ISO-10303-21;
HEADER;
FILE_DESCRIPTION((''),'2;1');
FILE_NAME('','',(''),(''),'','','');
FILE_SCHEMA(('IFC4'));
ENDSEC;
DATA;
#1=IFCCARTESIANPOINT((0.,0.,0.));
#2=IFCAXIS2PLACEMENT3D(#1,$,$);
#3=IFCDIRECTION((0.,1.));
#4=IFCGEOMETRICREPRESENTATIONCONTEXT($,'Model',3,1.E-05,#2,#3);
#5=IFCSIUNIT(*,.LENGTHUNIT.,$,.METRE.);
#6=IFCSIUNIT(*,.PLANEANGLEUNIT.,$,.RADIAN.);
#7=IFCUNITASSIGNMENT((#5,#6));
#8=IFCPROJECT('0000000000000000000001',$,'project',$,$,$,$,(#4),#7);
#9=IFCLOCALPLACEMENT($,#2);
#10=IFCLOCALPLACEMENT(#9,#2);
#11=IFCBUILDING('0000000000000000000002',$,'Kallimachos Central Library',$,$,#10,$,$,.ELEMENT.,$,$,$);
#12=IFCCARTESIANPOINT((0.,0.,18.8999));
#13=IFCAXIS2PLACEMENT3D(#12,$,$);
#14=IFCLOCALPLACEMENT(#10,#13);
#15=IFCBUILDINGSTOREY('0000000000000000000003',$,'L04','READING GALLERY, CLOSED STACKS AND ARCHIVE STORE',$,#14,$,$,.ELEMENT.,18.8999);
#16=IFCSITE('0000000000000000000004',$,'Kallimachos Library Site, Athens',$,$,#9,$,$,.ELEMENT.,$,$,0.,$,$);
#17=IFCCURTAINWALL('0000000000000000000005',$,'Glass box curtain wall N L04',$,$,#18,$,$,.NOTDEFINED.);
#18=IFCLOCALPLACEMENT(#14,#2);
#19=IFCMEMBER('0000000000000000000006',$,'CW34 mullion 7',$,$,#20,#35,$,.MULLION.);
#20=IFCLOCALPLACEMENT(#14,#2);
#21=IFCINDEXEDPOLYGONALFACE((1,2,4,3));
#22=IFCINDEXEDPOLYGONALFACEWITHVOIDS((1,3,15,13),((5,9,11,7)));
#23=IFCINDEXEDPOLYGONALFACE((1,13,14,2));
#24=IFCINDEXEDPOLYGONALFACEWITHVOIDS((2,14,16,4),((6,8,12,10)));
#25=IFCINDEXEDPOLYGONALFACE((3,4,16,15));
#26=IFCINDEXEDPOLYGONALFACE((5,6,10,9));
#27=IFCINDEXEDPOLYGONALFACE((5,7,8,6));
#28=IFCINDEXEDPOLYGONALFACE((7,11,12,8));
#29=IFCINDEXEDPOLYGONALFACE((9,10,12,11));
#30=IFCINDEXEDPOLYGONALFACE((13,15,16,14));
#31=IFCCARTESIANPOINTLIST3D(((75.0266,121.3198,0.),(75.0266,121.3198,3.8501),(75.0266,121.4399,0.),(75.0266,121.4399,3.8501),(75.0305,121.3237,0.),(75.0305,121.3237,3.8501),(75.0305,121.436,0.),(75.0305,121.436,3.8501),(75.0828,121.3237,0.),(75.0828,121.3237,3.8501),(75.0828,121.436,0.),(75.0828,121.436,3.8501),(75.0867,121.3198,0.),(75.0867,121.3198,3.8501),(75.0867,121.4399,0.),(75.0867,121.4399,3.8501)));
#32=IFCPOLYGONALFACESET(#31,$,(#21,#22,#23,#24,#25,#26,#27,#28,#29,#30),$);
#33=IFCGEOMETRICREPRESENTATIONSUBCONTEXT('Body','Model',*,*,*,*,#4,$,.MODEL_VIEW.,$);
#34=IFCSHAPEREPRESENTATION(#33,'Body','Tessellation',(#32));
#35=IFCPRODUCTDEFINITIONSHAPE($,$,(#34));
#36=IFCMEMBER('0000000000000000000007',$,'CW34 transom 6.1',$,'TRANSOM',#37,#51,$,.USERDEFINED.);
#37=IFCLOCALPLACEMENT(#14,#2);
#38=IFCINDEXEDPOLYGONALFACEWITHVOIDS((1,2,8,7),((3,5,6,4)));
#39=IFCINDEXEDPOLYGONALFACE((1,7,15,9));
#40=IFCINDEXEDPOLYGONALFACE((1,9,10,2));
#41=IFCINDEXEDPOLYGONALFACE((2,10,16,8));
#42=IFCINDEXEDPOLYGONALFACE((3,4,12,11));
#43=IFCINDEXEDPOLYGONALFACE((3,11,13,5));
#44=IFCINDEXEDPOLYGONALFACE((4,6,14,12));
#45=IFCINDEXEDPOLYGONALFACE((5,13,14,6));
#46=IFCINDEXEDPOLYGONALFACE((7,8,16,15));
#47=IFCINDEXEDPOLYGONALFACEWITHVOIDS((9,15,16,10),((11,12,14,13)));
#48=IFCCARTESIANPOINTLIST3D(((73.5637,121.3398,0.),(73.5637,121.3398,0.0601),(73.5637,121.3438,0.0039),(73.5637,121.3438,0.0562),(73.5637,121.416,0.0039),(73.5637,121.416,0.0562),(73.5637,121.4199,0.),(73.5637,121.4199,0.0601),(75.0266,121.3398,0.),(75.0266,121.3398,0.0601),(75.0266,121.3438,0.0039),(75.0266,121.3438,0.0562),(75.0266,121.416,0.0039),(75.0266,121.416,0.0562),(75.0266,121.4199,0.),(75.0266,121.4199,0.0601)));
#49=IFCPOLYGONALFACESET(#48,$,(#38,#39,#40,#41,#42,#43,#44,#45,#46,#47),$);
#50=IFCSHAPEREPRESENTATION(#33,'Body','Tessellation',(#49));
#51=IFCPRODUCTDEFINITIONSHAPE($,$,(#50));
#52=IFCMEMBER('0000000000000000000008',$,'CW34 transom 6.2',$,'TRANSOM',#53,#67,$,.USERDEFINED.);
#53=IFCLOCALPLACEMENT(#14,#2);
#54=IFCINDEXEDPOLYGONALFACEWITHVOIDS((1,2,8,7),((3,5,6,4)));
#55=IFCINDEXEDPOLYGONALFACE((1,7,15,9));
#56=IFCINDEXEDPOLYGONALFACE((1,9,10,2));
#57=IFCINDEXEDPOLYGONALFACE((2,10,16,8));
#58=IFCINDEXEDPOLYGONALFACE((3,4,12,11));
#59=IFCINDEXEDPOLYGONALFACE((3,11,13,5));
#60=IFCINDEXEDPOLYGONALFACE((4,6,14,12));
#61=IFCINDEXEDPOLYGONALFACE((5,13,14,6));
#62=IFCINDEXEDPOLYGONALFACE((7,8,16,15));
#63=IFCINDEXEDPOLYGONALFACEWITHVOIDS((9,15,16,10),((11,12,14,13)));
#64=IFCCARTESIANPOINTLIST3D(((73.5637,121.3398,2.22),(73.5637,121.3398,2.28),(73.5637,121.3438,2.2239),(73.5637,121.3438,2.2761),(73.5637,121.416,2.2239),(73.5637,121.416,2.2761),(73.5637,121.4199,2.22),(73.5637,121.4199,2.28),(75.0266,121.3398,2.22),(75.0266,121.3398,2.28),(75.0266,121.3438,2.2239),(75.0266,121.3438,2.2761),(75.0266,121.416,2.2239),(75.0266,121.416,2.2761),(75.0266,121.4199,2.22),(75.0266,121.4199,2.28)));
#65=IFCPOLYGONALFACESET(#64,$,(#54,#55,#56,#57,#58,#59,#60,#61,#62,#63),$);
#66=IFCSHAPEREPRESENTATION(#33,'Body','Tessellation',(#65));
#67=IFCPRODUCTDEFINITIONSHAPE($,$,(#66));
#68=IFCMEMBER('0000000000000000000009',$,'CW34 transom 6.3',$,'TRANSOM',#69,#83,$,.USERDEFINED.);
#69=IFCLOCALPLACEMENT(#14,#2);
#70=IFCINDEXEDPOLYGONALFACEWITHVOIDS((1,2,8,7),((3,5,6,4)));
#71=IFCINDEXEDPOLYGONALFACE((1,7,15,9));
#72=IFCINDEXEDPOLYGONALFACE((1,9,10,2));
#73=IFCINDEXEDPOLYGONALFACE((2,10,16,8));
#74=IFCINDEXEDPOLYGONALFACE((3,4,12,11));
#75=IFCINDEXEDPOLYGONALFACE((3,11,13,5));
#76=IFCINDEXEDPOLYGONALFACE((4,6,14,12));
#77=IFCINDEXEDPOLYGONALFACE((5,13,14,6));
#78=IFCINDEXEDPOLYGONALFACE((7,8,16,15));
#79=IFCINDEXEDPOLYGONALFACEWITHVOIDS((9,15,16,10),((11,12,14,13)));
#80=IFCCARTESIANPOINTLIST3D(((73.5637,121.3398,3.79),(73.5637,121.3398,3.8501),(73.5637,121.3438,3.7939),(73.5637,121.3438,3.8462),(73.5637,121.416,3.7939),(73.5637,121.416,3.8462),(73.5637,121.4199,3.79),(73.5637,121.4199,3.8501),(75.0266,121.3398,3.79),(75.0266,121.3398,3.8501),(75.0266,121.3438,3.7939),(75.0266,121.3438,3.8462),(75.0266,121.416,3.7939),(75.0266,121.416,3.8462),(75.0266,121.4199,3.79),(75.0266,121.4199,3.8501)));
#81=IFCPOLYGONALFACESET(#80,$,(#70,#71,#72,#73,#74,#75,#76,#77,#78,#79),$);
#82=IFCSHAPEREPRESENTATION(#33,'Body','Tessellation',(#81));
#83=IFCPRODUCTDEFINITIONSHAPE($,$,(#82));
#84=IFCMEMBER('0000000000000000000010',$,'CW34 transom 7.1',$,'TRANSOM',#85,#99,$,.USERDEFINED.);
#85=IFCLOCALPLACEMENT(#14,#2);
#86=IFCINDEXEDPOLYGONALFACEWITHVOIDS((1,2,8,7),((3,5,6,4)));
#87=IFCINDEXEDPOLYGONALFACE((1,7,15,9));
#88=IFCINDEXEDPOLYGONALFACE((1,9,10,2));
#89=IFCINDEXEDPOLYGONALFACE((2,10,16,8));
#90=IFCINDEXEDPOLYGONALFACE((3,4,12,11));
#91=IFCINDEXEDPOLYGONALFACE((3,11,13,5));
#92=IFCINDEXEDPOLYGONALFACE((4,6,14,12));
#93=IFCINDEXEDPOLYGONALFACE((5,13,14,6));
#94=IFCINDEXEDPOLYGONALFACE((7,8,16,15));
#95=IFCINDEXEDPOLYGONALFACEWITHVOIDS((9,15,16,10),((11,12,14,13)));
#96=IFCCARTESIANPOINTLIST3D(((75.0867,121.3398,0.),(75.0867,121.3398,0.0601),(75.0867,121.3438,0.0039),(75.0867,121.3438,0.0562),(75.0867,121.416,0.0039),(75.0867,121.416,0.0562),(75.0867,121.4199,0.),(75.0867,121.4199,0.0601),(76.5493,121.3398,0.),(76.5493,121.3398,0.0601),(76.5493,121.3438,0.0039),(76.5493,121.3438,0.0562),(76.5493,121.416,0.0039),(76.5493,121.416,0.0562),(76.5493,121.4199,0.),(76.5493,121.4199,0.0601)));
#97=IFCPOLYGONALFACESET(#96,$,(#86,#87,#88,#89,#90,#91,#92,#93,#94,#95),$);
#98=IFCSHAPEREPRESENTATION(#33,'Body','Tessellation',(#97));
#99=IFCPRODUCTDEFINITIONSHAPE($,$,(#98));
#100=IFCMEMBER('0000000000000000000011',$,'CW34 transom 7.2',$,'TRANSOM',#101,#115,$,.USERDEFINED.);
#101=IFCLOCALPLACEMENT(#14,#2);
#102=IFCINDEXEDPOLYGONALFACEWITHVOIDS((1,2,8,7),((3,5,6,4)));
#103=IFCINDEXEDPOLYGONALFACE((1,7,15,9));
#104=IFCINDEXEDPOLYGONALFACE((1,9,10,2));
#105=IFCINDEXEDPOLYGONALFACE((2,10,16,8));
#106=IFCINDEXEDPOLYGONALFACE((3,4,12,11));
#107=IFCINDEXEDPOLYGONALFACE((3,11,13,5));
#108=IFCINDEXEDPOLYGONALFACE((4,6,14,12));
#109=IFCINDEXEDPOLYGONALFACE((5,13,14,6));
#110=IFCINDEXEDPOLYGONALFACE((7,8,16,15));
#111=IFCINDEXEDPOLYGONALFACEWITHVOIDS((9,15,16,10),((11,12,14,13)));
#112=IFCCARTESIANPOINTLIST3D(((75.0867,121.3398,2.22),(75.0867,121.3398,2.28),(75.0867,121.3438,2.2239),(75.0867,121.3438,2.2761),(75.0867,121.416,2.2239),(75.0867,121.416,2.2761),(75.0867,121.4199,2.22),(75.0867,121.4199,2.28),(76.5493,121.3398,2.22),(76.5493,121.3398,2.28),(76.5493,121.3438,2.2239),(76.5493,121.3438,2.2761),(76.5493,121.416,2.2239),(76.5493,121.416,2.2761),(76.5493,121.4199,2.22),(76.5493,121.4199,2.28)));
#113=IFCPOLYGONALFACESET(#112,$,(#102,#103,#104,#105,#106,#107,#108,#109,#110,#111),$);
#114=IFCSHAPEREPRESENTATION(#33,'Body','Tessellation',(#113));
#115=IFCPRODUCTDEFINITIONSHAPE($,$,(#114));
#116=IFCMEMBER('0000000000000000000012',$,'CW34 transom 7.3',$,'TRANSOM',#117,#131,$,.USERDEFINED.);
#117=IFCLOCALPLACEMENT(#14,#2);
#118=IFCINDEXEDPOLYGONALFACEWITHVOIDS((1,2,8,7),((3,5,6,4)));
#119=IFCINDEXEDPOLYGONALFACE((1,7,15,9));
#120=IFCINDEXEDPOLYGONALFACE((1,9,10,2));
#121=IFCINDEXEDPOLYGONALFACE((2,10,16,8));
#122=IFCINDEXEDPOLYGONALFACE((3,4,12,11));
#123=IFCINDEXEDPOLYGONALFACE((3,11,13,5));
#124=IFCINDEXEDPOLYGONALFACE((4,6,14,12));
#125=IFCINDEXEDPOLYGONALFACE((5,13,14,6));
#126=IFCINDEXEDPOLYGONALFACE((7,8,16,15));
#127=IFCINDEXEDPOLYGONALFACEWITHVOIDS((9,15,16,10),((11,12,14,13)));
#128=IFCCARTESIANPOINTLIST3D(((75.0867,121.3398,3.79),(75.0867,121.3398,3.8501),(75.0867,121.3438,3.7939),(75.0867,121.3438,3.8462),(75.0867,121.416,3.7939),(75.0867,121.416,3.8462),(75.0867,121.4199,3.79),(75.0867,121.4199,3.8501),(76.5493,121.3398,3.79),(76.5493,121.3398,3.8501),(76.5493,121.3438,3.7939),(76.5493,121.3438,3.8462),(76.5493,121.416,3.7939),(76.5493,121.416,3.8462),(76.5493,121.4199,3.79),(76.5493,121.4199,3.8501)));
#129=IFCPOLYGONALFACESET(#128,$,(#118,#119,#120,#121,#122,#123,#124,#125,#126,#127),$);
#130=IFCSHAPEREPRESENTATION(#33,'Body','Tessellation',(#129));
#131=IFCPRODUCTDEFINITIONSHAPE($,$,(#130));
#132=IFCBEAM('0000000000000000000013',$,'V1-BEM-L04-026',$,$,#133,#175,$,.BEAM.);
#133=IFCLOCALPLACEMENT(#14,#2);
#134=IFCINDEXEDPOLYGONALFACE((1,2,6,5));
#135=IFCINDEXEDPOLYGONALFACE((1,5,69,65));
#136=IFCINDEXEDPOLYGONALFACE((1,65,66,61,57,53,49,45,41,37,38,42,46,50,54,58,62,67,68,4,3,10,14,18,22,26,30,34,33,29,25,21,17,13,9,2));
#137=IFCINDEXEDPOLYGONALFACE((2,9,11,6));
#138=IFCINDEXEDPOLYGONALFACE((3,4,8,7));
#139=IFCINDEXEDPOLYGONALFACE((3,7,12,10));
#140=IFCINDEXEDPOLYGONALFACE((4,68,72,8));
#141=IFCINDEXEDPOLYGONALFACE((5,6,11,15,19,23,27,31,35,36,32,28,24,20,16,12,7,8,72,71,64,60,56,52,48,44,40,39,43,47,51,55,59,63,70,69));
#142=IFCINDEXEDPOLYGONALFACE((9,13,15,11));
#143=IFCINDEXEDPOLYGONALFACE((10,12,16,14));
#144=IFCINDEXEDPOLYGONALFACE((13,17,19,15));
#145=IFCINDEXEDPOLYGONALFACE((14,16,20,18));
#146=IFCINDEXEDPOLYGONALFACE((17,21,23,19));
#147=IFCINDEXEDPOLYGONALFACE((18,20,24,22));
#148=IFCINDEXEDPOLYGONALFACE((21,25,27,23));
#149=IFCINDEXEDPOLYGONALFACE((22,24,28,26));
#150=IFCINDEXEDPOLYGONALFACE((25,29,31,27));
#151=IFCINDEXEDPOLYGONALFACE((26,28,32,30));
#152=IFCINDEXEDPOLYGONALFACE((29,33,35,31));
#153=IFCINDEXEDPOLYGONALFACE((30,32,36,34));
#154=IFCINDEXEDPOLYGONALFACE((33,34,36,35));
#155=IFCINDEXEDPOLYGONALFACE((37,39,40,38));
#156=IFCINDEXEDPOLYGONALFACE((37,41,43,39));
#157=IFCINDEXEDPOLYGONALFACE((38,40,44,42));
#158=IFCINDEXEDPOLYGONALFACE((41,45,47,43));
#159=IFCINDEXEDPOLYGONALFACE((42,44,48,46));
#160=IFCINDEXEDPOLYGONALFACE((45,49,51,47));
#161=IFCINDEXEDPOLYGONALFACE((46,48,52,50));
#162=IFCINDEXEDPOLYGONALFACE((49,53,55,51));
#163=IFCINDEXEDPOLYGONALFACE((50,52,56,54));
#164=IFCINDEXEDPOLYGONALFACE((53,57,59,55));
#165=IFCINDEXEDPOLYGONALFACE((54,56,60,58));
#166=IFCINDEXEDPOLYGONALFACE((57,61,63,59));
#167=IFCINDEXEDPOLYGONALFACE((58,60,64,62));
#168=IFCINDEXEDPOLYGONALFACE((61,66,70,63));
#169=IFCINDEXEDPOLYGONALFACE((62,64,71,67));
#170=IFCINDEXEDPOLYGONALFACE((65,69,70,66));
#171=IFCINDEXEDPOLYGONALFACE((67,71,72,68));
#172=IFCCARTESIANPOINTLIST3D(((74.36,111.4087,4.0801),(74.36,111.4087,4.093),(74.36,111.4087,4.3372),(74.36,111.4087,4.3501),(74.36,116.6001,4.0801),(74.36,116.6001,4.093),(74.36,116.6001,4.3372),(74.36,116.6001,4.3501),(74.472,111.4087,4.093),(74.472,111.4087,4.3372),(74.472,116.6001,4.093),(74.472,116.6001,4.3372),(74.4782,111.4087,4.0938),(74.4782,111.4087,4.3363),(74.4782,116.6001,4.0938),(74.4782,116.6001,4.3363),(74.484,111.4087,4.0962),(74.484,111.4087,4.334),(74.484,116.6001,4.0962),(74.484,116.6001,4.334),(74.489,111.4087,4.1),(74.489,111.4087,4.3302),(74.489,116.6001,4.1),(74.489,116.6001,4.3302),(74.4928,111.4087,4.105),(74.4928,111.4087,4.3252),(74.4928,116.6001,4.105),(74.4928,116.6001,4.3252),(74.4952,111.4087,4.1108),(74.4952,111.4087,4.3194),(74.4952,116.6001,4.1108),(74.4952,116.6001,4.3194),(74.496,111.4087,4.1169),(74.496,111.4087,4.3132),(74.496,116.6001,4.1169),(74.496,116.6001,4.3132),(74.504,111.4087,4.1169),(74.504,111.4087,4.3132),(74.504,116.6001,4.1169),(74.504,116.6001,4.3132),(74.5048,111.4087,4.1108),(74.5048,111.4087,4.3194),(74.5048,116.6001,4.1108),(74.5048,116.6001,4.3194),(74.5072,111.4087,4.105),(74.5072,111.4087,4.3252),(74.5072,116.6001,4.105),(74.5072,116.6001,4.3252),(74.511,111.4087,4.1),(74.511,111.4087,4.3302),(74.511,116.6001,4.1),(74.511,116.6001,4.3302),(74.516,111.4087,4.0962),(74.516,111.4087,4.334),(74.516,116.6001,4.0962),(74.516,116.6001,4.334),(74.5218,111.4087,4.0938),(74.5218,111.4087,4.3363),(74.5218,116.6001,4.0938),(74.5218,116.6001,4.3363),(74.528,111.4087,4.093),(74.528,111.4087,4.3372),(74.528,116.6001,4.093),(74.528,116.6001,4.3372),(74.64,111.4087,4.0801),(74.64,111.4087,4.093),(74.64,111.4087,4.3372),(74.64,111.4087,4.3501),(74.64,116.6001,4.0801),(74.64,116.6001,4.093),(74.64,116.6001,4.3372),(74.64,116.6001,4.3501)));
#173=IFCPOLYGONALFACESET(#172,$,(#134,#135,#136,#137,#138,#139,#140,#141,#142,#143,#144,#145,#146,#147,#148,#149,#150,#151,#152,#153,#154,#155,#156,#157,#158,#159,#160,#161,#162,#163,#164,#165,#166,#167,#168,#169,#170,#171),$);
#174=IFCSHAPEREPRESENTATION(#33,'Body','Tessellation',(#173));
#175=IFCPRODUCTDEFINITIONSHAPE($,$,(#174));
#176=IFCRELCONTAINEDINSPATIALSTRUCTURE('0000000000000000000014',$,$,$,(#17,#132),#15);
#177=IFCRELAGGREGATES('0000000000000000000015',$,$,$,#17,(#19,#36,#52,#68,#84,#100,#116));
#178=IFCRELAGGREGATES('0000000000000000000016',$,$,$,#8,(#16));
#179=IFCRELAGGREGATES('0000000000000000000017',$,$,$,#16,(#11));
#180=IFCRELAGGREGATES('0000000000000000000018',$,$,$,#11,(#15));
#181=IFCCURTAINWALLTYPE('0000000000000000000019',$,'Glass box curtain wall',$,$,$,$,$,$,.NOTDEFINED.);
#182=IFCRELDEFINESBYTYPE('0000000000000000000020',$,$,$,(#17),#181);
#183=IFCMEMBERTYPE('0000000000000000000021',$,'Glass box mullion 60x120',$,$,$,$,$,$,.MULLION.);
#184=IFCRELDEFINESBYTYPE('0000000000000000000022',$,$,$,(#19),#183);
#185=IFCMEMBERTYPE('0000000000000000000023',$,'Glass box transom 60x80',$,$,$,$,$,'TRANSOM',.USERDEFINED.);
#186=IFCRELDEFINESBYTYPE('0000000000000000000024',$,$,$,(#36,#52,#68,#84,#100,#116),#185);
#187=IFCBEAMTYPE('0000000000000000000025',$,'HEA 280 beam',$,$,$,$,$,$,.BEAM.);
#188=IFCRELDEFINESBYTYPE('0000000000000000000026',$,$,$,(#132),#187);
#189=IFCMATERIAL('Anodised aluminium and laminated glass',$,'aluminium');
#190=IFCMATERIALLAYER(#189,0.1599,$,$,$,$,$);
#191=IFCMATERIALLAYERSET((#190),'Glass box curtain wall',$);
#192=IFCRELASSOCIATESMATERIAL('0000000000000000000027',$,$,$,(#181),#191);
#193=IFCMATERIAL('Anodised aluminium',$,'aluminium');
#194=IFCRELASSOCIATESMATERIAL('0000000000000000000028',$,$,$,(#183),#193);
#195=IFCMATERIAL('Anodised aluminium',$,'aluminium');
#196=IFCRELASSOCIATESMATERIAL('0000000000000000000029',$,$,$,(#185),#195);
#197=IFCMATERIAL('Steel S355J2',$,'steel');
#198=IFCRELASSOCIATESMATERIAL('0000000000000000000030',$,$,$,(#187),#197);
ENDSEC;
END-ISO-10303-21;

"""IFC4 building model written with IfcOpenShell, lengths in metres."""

from ifc_helpers import new_model, si_unit, direction, frame, origin, origin_2d, place, context, subcontext, project, spatial, hollow_rectangle, i_section, extrude, material, layer, layer_set, material_profile, profile_set, type_object, element, aggregate, save


model = new_model("IFC4")

# Units and contexts
model_context = context("Model", 3, precision=1e-05, world=origin(), true_north=direction((0.0, 1.0)))
body_context = subcontext(model_context, "Body", "Model", "MODEL_VIEW")
ifc_project = project(units=[si_unit("LENGTHUNIT", "METRE"), si_unit("PLANEANGLEUNIT", "RADIAN")], contexts=[model_context])

# Site, building, storey
site_placement = place(None, origin())
site = spatial("IfcSite", under=ifc_project, at=site_placement, Name="Kallimachos Library Site, Athens", CompositionType="ELEMENT", RefElevation=0.0)
building_placement = place(site_placement, origin())
building = spatial("IfcBuilding", under=site, at=building_placement, Name="Kallimachos Central Library", CompositionType="ELEMENT")
storey_placement = place(building_placement, frame((0.0, 0.0, 18.8999)))
storey = spatial("IfcBuildingStorey", under=building, at=storey_placement, Name="L04", Description="READING GALLERY, CLOSED STACKS AND ARCHIVE STORE", CompositionType="ELEMENT", Elevation=18.8999)

# Curtain wall, members
ifc_material_1 = material(Name="Anodised aluminium and laminated glass", Category="aluminium")
ifc_layer_1 = layer(ifc_material_1, 0.1599)
ifc_layer_set_1 = layer_set([ifc_layer_1], Name="Glass box curtain wall")
curtain_wall_type = type_object("IfcCurtainWallType", Name="Glass box curtain wall", PredefinedType="NOTDEFINED", material=ifc_layer_set_1)
curtain_wall_placement = place(storey_placement, origin())
curtain_wall = element("IfcCurtainWall", 1, at=curtain_wall_placement, inside=storey, type_object=curtain_wall_type, Name="Glass box curtain wall N L04", PredefinedType="NOTDEFINED")
ifc_material_2 = material(Name="Anodised aluminium", Category="aluminium")
ifc_material_profile_1 = material_profile(ifc_material_2, hollow_rectangle(XDim=0.0601, YDim=0.1201, WallThickness=0.0039, at=origin_2d()), Name="ALU MULLION 60x120")
ifc_profile_set_1 = profile_set([ifc_material_profile_1], Name="Anodised aluminium")
member_type_1 = type_object("IfcMemberType", Name="Glass box mullion 60x120", PredefinedType="MULLION", material=ifc_profile_set_1)
member_1_placement = place(storey_placement, frame((75.0566, 121.3799, 0.0), z_axis=(0.0, 0.0, 1.0), x_axis=(1.0, 0.0, 0.0)))
member_1 = element("IfcMember", 2, at=member_1_placement, type_object=member_type_1, Name="CW34 mullion 7", PredefinedType="MULLION", context=body_context, shape_type="SweptSolid", body=[
    extrude(hollow_rectangle(XDim=0.0601, YDim=0.1201, WallThickness=0.0039, at=origin_2d()), origin(), (0.0, 0.0, 1.0), 3.8501),
])
ifc_material_3 = material(Name="Anodised aluminium", Category="aluminium")
ifc_material_profile_2 = material_profile(ifc_material_3, hollow_rectangle(XDim=0.0601, YDim=0.0801, WallThickness=0.0039, at=origin_2d()), Name="ALU TRANSOM 60x80")
ifc_profile_set_2 = profile_set([ifc_material_profile_2], Name="Anodised aluminium")
member_type_2 = type_object("IfcMemberType", Name="Glass box transom 60x80", ElementType="TRANSOM", PredefinedType="USERDEFINED", material=ifc_profile_set_2)
member_2_placement = place(storey_placement, frame((73.5637, 121.3799, 0.03), z_axis=(1.0, 0.0, 0.0), x_axis=(0.0, 0.0, 1.0)))
member_2 = element("IfcMember", 3, at=member_2_placement, type_object=member_type_2, Name="CW34 transom 6.1", ObjectType="TRANSOM", PredefinedType="USERDEFINED", context=body_context, shape_type="SweptSolid", body=[
    extrude(hollow_rectangle(XDim=0.0601, YDim=0.0801, WallThickness=0.0039, at=origin_2d()), origin(), (0.0, 0.0, 1.0), 1.4629),
])
member_3_placement = place(storey_placement, frame((73.5637, 121.3799, 2.25), z_axis=(1.0, 0.0, 0.0), x_axis=(0.0, 0.0, 1.0)))
member_3 = element("IfcMember", 4, at=member_3_placement, type_object=member_type_2, Name="CW34 transom 6.2", ObjectType="TRANSOM", PredefinedType="USERDEFINED", context=body_context, shape_type="SweptSolid", body=[
    extrude(hollow_rectangle(XDim=0.0601, YDim=0.0801, WallThickness=0.0039, at=origin_2d()), origin(), (0.0, 0.0, 1.0), 1.4629),
])
member_4_placement = place(storey_placement, frame((73.5637, 121.3799, 3.8201), z_axis=(1.0, 0.0, 0.0), x_axis=(0.0, 0.0, 1.0)))
member_4 = element("IfcMember", 5, at=member_4_placement, type_object=member_type_2, Name="CW34 transom 6.3", ObjectType="TRANSOM", PredefinedType="USERDEFINED", context=body_context, shape_type="SweptSolid", body=[
    extrude(hollow_rectangle(XDim=0.0601, YDim=0.0801, WallThickness=0.0039, at=origin_2d()), origin(), (0.0, 0.0, 1.0), 1.4629),
])
member_5_placement = place(storey_placement, frame((75.0867, 121.3799, 0.03), z_axis=(1.0, 0.0, 0.0), x_axis=(0.0, 0.0, 1.0)))
member_5 = element("IfcMember", 6, at=member_5_placement, type_object=member_type_2, Name="CW34 transom 7.1", ObjectType="TRANSOM", PredefinedType="USERDEFINED", context=body_context, shape_type="SweptSolid", body=[
    extrude(hollow_rectangle(XDim=0.0601, YDim=0.0801, WallThickness=0.0039, at=origin_2d()), origin(), (0.0, 0.0, 1.0), 1.4626),
])
member_6_placement = place(storey_placement, frame((75.0867, 121.3799, 2.25), z_axis=(1.0, 0.0, 0.0), x_axis=(0.0, 0.0, 1.0)))
member_6 = element("IfcMember", 7, at=member_6_placement, type_object=member_type_2, Name="CW34 transom 7.2", ObjectType="TRANSOM", PredefinedType="USERDEFINED", context=body_context, shape_type="SweptSolid", body=[
    extrude(hollow_rectangle(XDim=0.0601, YDim=0.0801, WallThickness=0.0039, at=origin_2d()), origin(), (0.0, 0.0, 1.0), 1.4626),
])
member_7_placement = place(storey_placement, frame((75.0867, 121.3799, 3.8201), z_axis=(1.0, 0.0, 0.0), x_axis=(0.0, 0.0, 1.0)))
member_7 = element("IfcMember", 8, at=member_7_placement, type_object=member_type_2, Name="CW34 transom 7.3", ObjectType="TRANSOM", PredefinedType="USERDEFINED", context=body_context, shape_type="SweptSolid", body=[
    extrude(hollow_rectangle(XDim=0.0601, YDim=0.0801, WallThickness=0.0039, at=origin_2d()), origin(), (0.0, 0.0, 1.0), 1.4626),
])

# Beam
ifc_material_4 = material(Name="Steel S355J2", Category="steel")
ifc_material_profile_3 = material_profile(ifc_material_4, i_section(OverallWidth=0.28, OverallDepth=0.27, WebThickness=0.0081, FlangeThickness=0.0129, FilletRadius=0.0239, at=origin_2d()), Name="HEA 280")
ifc_profile_set_3 = profile_set([ifc_material_profile_3], Name="Steel S355J2")
beam_type_1 = type_object("IfcBeamType", Name="HEA 280 beam", PredefinedType="BEAM", material=ifc_profile_set_3)
beam_1_placement = place(storey_placement, frame((74.5, 111.4087, 4.2151), z_axis=(0.0, 1.0, 0.0), x_axis=(-1.0, 0.0, 0.0)))
element("IfcBeam", 9, at=beam_1_placement, inside=storey, type_object=beam_type_1, Name="V1-BEM-L04-026", PredefinedType="BEAM", context=body_context, shape_type="SweptSolid", body=[
    extrude(i_section(OverallWidth=0.28, OverallDepth=0.27, WebThickness=0.0081, FlangeThickness=0.0129, FilletRadius=0.0239, at=origin_2d()), origin(), (0.0, 0.0, 1.0), 5.1914),
])

aggregate(curtain_wall, [member_1, member_2, member_3, member_4, member_5, member_6, member_7])

save(model, "model.ifc")
